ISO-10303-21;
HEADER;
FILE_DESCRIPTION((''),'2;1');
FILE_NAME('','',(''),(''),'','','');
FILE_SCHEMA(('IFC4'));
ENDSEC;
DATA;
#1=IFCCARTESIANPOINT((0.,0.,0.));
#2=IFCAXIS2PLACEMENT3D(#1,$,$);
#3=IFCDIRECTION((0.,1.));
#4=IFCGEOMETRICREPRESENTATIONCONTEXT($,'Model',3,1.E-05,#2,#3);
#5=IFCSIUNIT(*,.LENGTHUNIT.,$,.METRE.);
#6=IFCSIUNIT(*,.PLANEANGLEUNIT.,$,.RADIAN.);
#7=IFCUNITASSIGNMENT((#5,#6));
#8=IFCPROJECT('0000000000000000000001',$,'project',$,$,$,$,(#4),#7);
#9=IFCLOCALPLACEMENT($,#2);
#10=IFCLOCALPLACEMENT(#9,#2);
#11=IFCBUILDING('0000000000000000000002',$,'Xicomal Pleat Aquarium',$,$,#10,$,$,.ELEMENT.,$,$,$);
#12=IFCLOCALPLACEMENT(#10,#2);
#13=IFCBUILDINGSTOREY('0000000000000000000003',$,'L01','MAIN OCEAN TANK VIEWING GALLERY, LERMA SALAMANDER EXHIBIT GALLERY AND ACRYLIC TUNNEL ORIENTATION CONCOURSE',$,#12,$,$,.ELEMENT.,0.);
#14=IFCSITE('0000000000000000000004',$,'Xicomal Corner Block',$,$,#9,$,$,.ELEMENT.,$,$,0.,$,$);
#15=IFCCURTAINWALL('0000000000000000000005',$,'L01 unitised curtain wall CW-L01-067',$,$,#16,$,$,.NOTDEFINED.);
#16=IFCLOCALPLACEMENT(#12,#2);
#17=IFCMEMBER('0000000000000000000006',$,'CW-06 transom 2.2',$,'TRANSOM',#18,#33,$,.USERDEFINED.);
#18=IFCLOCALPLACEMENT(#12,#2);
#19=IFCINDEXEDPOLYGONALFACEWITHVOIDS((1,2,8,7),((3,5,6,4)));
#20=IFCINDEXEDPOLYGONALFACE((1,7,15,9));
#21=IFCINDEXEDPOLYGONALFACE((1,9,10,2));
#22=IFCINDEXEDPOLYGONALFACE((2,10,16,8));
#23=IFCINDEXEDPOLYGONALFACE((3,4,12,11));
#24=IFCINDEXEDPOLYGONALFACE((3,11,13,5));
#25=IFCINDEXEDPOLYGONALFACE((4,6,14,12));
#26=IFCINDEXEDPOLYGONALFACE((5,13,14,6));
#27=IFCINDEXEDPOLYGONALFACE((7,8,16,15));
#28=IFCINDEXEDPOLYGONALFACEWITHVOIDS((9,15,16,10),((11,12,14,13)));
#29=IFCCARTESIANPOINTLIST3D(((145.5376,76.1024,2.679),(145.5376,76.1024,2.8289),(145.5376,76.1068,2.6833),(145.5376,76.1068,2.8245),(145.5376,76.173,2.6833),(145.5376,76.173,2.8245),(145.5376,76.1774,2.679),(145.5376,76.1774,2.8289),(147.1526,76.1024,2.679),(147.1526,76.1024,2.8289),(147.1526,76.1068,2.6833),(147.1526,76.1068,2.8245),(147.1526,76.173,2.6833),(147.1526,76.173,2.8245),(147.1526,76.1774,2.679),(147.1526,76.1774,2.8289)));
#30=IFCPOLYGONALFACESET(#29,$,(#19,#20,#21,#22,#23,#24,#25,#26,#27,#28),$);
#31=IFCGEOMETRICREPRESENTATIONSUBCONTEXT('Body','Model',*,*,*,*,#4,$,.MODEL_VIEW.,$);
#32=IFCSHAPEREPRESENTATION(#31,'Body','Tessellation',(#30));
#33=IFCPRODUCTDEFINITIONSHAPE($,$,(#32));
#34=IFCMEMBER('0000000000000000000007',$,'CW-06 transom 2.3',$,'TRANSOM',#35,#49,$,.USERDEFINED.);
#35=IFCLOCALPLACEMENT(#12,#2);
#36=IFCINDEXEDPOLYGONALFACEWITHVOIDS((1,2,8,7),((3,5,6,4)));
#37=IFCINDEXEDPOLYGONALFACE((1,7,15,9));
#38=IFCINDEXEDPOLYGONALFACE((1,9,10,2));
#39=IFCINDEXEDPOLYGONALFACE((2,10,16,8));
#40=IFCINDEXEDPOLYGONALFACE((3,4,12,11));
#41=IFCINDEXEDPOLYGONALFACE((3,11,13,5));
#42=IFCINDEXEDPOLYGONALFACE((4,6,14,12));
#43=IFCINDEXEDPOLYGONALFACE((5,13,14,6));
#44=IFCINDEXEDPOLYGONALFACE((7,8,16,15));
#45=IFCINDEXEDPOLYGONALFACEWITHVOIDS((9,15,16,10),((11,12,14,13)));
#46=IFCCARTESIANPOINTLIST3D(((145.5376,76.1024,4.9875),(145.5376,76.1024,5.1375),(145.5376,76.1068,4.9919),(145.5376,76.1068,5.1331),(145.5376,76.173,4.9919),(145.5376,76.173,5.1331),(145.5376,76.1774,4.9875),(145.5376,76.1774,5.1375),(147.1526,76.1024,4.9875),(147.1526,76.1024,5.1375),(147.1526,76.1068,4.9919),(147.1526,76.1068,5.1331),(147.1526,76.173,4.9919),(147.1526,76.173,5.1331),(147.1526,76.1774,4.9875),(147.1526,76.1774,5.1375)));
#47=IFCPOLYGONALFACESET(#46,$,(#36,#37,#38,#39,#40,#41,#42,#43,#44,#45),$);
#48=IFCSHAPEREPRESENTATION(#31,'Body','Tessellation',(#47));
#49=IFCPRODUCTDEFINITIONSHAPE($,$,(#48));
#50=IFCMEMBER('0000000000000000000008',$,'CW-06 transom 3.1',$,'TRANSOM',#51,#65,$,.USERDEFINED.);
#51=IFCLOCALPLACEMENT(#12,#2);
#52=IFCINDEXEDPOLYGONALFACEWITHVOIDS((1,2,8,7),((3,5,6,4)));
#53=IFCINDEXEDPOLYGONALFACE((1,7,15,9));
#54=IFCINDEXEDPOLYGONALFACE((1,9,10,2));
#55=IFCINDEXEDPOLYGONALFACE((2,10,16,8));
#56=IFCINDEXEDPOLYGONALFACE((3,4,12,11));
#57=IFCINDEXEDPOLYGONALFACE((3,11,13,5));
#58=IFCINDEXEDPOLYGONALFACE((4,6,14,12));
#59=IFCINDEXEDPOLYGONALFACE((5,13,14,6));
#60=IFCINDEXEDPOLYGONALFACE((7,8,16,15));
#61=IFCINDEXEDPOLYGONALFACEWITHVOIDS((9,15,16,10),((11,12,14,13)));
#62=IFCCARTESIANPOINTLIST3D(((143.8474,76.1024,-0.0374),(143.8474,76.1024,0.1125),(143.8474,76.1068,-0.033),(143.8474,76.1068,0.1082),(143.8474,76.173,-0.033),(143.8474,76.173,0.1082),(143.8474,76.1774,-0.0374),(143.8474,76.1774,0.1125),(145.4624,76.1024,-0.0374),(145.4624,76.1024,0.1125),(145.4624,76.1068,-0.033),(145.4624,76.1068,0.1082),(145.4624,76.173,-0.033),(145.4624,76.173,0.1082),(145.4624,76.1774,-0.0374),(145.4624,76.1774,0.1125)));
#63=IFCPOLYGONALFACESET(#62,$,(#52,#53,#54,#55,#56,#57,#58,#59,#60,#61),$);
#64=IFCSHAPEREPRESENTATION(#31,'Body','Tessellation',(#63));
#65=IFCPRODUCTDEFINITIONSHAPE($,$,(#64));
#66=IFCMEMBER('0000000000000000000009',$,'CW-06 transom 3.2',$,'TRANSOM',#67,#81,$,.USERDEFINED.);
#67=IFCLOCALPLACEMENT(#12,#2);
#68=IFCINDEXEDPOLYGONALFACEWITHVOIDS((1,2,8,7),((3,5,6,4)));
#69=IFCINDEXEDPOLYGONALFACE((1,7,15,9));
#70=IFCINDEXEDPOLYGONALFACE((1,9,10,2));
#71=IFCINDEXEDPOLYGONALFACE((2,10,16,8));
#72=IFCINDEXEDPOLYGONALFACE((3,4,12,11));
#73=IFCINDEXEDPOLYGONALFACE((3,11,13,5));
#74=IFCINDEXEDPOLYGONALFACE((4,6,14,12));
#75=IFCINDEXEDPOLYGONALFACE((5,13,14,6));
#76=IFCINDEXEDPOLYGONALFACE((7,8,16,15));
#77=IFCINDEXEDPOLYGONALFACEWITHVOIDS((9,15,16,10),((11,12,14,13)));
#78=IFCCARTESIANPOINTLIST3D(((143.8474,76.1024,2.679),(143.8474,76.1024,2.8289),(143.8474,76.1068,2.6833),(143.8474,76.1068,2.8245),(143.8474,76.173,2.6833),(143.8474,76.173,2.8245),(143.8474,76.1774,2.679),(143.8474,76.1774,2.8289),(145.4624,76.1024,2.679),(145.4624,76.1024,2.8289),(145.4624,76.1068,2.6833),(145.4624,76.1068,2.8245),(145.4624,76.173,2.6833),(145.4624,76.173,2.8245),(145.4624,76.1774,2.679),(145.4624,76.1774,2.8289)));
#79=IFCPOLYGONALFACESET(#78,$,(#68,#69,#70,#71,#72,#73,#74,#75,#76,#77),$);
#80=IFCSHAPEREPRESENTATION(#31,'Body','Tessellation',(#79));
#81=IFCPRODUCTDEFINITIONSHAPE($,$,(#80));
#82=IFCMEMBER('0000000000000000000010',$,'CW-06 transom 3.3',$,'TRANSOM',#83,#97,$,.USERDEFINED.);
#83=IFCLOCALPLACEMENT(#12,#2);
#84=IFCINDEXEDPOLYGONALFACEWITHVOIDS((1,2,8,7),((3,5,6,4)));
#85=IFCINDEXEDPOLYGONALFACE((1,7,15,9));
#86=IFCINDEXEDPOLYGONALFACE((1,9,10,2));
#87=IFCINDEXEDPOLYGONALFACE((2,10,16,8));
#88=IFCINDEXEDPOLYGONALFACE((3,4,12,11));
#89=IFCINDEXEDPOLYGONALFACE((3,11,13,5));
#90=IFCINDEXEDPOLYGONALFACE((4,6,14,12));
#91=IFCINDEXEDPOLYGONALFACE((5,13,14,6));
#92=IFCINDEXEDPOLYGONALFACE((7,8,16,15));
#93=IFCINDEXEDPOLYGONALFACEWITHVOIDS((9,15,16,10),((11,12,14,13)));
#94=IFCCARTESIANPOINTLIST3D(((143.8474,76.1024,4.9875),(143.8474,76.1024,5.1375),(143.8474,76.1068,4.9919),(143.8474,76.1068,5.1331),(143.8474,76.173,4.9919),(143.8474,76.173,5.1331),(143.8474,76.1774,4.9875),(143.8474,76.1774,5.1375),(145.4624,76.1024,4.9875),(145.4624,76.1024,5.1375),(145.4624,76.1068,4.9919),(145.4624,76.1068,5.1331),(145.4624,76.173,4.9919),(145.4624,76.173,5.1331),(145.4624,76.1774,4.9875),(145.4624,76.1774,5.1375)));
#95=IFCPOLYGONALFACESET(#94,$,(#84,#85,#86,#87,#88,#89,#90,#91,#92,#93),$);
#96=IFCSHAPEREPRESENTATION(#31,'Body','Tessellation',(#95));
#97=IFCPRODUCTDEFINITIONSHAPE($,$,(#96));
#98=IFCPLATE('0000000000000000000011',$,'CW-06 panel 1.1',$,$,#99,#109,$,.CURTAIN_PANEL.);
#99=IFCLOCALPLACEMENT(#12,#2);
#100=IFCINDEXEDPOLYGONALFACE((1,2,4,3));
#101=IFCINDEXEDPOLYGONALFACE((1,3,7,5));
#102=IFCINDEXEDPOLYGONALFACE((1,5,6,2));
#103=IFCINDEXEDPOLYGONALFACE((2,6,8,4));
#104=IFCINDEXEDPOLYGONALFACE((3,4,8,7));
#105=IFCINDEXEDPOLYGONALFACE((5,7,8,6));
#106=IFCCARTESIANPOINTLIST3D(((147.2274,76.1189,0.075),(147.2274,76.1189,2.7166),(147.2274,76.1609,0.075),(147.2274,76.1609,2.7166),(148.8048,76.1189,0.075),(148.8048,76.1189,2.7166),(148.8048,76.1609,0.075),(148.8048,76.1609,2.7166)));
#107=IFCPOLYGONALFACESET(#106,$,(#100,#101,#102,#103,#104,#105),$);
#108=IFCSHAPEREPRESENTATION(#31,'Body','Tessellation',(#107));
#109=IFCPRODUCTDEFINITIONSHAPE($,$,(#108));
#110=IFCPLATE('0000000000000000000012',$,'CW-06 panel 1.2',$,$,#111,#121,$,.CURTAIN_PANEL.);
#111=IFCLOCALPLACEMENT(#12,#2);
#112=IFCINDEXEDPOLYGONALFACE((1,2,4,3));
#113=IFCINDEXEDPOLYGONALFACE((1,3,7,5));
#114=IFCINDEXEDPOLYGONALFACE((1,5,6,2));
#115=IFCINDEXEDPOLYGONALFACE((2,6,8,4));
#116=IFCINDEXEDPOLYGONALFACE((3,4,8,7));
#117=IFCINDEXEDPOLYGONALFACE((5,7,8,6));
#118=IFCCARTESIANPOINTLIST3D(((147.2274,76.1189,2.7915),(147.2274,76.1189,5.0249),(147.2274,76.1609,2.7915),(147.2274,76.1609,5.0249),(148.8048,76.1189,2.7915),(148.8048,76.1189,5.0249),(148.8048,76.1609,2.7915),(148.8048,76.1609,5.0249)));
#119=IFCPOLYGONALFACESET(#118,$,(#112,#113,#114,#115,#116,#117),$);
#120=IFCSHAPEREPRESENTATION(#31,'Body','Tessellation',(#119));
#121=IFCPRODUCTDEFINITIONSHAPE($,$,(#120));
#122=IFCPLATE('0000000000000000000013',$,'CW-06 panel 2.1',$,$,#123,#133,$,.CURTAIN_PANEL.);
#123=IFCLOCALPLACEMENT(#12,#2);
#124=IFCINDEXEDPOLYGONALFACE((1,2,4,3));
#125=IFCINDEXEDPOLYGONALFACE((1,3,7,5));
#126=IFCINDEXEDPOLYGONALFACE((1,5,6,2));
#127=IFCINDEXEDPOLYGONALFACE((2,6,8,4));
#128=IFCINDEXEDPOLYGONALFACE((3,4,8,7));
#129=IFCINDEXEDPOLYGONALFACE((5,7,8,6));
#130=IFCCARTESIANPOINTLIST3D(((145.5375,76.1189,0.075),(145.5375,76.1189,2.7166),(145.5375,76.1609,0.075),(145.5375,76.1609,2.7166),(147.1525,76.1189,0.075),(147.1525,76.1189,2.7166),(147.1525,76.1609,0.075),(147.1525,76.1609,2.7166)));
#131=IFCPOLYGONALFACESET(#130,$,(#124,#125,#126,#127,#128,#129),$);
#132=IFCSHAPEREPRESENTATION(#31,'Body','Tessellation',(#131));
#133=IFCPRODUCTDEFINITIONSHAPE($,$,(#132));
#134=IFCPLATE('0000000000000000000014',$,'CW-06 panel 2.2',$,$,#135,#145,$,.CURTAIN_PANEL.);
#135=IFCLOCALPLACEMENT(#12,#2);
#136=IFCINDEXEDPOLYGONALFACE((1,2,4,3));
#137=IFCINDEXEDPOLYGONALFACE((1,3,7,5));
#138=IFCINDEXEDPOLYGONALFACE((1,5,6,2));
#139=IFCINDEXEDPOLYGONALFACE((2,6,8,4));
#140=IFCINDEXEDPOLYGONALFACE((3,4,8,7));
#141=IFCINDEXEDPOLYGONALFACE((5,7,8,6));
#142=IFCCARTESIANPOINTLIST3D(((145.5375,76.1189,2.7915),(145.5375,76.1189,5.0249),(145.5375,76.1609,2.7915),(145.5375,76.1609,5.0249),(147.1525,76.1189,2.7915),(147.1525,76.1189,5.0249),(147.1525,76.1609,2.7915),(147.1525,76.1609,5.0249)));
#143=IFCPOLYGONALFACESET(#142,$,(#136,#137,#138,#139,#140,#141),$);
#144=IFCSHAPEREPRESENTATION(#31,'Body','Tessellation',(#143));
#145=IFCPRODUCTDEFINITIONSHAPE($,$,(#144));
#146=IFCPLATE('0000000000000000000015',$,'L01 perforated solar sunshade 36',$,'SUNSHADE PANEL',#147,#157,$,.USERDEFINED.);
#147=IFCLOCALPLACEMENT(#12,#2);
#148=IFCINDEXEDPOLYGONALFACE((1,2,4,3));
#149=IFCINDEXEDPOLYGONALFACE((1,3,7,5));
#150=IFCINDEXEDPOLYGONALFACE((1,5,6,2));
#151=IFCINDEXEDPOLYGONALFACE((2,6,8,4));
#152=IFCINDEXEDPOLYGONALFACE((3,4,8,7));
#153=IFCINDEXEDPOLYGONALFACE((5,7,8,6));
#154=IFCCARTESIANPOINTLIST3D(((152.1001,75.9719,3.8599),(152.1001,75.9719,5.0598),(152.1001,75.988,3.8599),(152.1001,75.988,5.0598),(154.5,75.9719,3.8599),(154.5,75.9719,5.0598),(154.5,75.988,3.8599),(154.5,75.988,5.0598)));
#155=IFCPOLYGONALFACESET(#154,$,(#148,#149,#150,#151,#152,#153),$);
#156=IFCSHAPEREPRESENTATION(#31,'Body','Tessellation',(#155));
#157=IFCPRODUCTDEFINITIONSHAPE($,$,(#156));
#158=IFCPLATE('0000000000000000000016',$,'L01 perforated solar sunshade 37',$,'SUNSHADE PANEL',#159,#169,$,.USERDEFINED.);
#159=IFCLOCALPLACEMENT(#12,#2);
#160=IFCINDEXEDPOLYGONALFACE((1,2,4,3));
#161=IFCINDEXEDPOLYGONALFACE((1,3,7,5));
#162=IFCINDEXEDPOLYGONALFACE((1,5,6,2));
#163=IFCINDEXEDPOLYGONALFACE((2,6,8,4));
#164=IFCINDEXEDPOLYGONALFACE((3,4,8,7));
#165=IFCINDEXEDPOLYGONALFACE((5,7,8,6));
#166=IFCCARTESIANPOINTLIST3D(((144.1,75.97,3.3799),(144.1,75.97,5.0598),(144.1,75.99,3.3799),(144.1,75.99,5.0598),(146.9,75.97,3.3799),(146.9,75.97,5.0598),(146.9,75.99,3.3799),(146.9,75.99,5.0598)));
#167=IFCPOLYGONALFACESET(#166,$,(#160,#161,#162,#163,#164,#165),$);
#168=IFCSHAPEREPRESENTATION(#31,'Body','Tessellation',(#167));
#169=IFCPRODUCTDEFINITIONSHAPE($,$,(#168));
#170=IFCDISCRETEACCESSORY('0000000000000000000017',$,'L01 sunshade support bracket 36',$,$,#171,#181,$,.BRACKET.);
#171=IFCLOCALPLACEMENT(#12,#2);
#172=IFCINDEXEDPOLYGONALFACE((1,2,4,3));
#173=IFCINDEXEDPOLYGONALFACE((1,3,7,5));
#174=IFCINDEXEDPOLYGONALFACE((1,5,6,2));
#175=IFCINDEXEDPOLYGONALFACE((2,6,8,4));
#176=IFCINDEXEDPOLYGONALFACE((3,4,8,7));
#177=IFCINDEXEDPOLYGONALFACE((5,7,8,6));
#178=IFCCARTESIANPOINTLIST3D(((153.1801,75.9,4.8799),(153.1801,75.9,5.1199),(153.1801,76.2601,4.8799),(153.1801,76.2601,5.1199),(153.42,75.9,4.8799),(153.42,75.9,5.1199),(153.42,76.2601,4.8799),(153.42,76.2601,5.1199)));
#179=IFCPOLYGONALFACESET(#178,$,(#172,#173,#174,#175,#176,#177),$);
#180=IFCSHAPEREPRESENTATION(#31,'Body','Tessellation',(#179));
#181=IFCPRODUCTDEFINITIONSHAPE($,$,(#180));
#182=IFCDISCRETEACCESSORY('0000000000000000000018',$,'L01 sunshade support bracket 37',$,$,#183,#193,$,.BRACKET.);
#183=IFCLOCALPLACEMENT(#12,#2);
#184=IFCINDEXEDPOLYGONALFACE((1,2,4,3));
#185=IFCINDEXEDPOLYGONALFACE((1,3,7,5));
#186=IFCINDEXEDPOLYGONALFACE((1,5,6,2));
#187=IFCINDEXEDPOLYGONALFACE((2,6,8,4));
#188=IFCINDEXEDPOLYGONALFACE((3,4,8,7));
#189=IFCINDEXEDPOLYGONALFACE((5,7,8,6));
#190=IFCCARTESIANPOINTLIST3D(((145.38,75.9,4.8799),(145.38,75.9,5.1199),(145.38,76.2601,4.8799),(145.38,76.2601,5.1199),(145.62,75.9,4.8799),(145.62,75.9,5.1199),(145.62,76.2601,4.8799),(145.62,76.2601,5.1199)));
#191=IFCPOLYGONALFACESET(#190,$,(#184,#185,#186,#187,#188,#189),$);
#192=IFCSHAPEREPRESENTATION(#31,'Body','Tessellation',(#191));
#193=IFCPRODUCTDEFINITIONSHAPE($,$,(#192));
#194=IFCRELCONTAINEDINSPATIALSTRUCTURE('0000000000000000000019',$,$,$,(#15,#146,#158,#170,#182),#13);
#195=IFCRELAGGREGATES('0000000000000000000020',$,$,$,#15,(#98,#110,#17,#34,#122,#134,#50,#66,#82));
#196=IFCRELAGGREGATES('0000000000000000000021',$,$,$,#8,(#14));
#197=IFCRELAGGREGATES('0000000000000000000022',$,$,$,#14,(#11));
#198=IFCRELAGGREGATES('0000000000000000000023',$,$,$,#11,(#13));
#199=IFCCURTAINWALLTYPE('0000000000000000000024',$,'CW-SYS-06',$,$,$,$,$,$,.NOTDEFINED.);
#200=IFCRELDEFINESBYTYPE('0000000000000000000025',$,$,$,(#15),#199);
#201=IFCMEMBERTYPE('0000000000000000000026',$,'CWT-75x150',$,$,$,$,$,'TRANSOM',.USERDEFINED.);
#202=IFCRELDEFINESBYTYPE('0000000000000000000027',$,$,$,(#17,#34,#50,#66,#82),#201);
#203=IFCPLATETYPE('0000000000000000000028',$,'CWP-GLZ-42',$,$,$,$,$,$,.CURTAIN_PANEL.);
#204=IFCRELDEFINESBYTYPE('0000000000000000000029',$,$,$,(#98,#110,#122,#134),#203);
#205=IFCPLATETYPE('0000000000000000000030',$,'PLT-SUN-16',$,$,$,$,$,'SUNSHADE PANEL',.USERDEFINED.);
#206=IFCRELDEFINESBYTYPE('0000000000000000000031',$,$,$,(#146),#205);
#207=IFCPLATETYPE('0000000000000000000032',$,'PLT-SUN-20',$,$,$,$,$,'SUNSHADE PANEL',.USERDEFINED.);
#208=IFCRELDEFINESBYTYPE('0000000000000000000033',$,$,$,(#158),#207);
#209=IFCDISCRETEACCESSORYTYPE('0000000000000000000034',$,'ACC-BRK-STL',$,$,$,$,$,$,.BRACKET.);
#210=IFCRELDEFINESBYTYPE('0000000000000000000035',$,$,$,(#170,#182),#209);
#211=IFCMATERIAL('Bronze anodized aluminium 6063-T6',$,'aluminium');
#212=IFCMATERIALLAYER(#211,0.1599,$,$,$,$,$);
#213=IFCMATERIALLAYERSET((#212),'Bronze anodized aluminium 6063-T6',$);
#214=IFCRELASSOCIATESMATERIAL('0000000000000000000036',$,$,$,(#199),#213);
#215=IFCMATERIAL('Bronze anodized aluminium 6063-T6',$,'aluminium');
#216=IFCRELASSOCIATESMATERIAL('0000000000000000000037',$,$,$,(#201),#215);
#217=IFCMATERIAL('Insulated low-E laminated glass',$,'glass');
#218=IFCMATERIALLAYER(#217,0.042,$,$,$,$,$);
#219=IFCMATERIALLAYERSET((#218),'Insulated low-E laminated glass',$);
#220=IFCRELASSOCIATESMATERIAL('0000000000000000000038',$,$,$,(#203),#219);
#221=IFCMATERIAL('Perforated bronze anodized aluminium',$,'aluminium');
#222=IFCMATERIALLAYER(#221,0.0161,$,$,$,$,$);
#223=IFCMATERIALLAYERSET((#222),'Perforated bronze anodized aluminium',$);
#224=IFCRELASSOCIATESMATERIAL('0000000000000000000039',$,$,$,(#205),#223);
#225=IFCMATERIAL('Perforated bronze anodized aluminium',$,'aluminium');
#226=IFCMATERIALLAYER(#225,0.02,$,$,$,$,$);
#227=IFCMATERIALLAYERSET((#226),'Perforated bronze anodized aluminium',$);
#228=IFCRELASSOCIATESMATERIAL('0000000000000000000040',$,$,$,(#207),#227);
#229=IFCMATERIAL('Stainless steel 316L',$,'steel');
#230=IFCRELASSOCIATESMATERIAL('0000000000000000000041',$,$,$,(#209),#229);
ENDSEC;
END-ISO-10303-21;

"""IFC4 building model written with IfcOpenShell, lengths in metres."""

from ifc_helpers import new_model, si_unit, direction, frame, origin, origin_2d, place, context, subcontext, project, spatial, rectangle, hollow_rectangle, extrude, material, layer, layer_set, material_profile, profile_set, type_object, element, aggregate, save


model = new_model("IFC4")

# Units and contexts
model_context = context("Model", 3, precision=1e-05, world=origin(), true_north=direction((0.0, 1.0)))
body_context = subcontext(model_context, "Body", "Model", "MODEL_VIEW")
ifc_project = project(units=[si_unit("LENGTHUNIT", "METRE"), si_unit("PLANEANGLEUNIT", "RADIAN")], contexts=[model_context])

# Site, building, storey
site_placement = place(None, origin())
site = spatial("IfcSite", under=ifc_project, at=site_placement, Name="Xicomal Corner Block", CompositionType="ELEMENT", RefElevation=0.0)
building_placement = place(site_placement, origin())
building = spatial("IfcBuilding", under=site, at=building_placement, Name="Xicomal Pleat Aquarium", CompositionType="ELEMENT")
storey_placement = place(building_placement, origin())
storey = spatial("IfcBuildingStorey", under=building, at=storey_placement, Name="L01", Description="MAIN OCEAN TANK VIEWING GALLERY, LERMA SALAMANDER EXHIBIT GALLERY AND ACRYLIC TUNNEL ORIENTATION CONCOURSE", CompositionType="ELEMENT", Elevation=0.0)

# Curtain wall
ifc_material_1 = material(Name="Bronze anodized aluminium 6063-T6", Category="aluminium")
ifc_layer_1 = layer(ifc_material_1, 0.1599)
ifc_layer_set_1 = layer_set([ifc_layer_1], Name="Bronze anodized aluminium 6063-T6")
curtain_wall_type_1 = type_object("IfcCurtainWallType", Name="CW-SYS-06", PredefinedType="NOTDEFINED", material=ifc_layer_set_1)
curtain_wall_1_placement = place(storey_placement, origin())
curtain_wall_1 = element("IfcCurtainWall", 1, at=curtain_wall_1_placement, inside=storey, type_object=curtain_wall_type_1, Name="L01 unitised curtain wall CW-L01-067", PredefinedType="NOTDEFINED")

# Members
ifc_material_2 = material(Name="Bronze anodized aluminium 6063-T6", Category="aluminium")
ifc_material_profile_1 = material_profile(ifc_material_2, hollow_rectangle(XDim=0.075, YDim=0.1499, WallThickness=0.0044, at=origin_2d()), Name="ALU TRAN 75x150")
ifc_profile_set_1 = profile_set([ifc_material_profile_1], Name="Bronze anodized aluminium 6063-T6")
member_type_1 = type_object("IfcMemberType", Name="CWT-75x150", ElementType="TRANSOM", PredefinedType="USERDEFINED", material=ifc_profile_set_1)
member_1_placement = place(storey_placement, frame((147.1526, 76.1399, 2.7539), z_axis=(-1.0, 0.0, 0.0), x_axis=(0.0, -1.0, 0.0)))
member_1 = element("IfcMember", 2, at=member_1_placement, type_object=member_type_1, Name="CW-06 transom 2.2", ObjectType="TRANSOM", PredefinedType="USERDEFINED", context=body_context, shape_type="SweptSolid", body=[
    extrude(hollow_rectangle(XDim=0.075, YDim=0.1499, WallThickness=0.0044, at=origin_2d()), origin(), (0.0, 0.0, 1.0), 1.615),
])
member_2_placement = place(storey_placement, frame((147.1526, 76.1399, 5.0625), z_axis=(-1.0, 0.0, 0.0), x_axis=(0.0, -1.0, 0.0)))
member_2 = element("IfcMember", 3, at=member_2_placement, type_object=member_type_1, Name="CW-06 transom 2.3", ObjectType="TRANSOM", PredefinedType="USERDEFINED", context=body_context, shape_type="SweptSolid", body=[
    extrude(hollow_rectangle(XDim=0.075, YDim=0.1499, WallThickness=0.0044, at=origin_2d()), origin(), (0.0, 0.0, 1.0), 1.615),
])
member_3_placement = place(storey_placement, frame((145.4624, 76.1399, 0.0376), z_axis=(-1.0, 0.0, 0.0), x_axis=(0.0, -1.0, 0.0)))
member_3 = element("IfcMember", 4, at=member_3_placement, type_object=member_type_1, Name="CW-06 transom 3.1", ObjectType="TRANSOM", PredefinedType="USERDEFINED", context=body_context, shape_type="SweptSolid", body=[
    extrude(hollow_rectangle(XDim=0.075, YDim=0.1499, WallThickness=0.0044, at=origin_2d()), origin(), (0.0, 0.0, 1.0), 1.615),
])
member_4_placement = place(storey_placement, frame((145.4624, 76.1399, 2.7539), z_axis=(-1.0, 0.0, 0.0), x_axis=(0.0, -1.0, 0.0)))
member_4 = element("IfcMember", 5, at=member_4_placement, type_object=member_type_1, Name="CW-06 transom 3.2", ObjectType="TRANSOM", PredefinedType="USERDEFINED", context=body_context, shape_type="SweptSolid", body=[
    extrude(hollow_rectangle(XDim=0.075, YDim=0.1499, WallThickness=0.0044, at=origin_2d()), origin(), (0.0, 0.0, 1.0), 1.615),
])
member_5_placement = place(storey_placement, frame((145.4624, 76.1399, 5.0625), z_axis=(-1.0, 0.0, 0.0), x_axis=(0.0, -1.0, 0.0)))
member_5 = element("IfcMember", 6, at=member_5_placement, type_object=member_type_1, Name="CW-06 transom 3.3", ObjectType="TRANSOM", PredefinedType="USERDEFINED", context=body_context, shape_type="SweptSolid", body=[
    extrude(hollow_rectangle(XDim=0.075, YDim=0.1499, WallThickness=0.0044, at=origin_2d()), origin(), (0.0, 0.0, 1.0), 1.615),
])

# Plates
ifc_material_3 = material(Name="Insulated low-E laminated glass", Category="glass")
ifc_layer_2 = layer(ifc_material_3, 0.042)
ifc_layer_set_2 = layer_set([ifc_layer_2], Name="Insulated low-E laminated glass")
plate_type_1 = type_object("IfcPlateType", Name="CWP-GLZ-42", PredefinedType="CURTAIN_PANEL", material=ifc_layer_set_2)
plate_1_placement = place(storey_placement, frame((148.0161, 76.1399, 0.075), z_axis=(0.0, 0.0, 1.0), x_axis=(-1.0, 0.0, 0.0)))
plate_1 = element("IfcPlate", 7, at=plate_1_placement, type_object=plate_type_1, Name="CW-06 panel 1.1", PredefinedType="CURTAIN_PANEL", context=body_context, shape_type="SweptSolid", body=[
    extrude(rectangle(XDim=1.5774, YDim=0.042, at=origin_2d()), origin(), (0.0, 0.0, 1.0), 2.6416),
])
plate_2_placement = place(storey_placement, frame((148.0161, 76.1399, 2.7915), z_axis=(0.0, 0.0, 1.0), x_axis=(-1.0, 0.0, 0.0)))
plate_2 = element("IfcPlate", 8, at=plate_2_placement, type_object=plate_type_1, Name="CW-06 panel 1.2", PredefinedType="CURTAIN_PANEL", context=body_context, shape_type="SweptSolid", body=[
    extrude(rectangle(XDim=1.5774, YDim=0.042, at=origin_2d()), origin(), (0.0, 0.0, 1.0), 2.2334),
])
plate_3_placement = place(storey_placement, frame((146.345, 76.1399, 0.075), z_axis=(0.0, 0.0, 1.0), x_axis=(-1.0, 0.0, 0.0)))
plate_3 = element("IfcPlate", 9, at=plate_3_placement, type_object=plate_type_1, Name="CW-06 panel 2.1", PredefinedType="CURTAIN_PANEL", context=body_context, shape_type="SweptSolid", body=[
    extrude(rectangle(XDim=1.615, YDim=0.042, at=origin_2d()), origin(), (0.0, 0.0, 1.0), 2.6416),
])
plate_4_placement = place(storey_placement, frame((146.345, 76.1399, 2.7915), z_axis=(0.0, 0.0, 1.0), x_axis=(-1.0, 0.0, 0.0)))
plate_4 = element("IfcPlate", 10, at=plate_4_placement, type_object=plate_type_1, Name="CW-06 panel 2.2", PredefinedType="CURTAIN_PANEL", context=body_context, shape_type="SweptSolid", body=[
    extrude(rectangle(XDim=1.615, YDim=0.042, at=origin_2d()), origin(), (0.0, 0.0, 1.0), 2.2334),
])
aggregate(curtain_wall_1, [plate_1, plate_2, member_1, member_2, plate_3, plate_4, member_3, member_4, member_5])

# Plates
ifc_material_4 = material(Name="Perforated bronze anodized aluminium", Category="aluminium")
ifc_layer_3 = layer(ifc_material_4, 0.0161)
ifc_layer_set_3 = layer_set([ifc_layer_3], Name="Perforated bronze anodized aluminium")
plate_type_2 = type_object("IfcPlateType", Name="PLT-SUN-16", ElementType="SUNSHADE PANEL", PredefinedType="USERDEFINED", material=ifc_layer_set_3)
plate_5_placement = place(storey_placement, frame((153.3, 75.98, 3.8599), z_axis=(0.0, 0.0, 1.0), x_axis=(-1.0, 0.0, 0.0)))
element("IfcPlate", 11, at=plate_5_placement, inside=storey, type_object=plate_type_2, Name="L01 perforated solar sunshade 36", ObjectType="SUNSHADE PANEL", PredefinedType="USERDEFINED", context=body_context, shape_type="SweptSolid", body=[
    extrude(rectangle(XDim=2.3999, YDim=0.0161, at=origin_2d()), origin(), (0.0, 0.0, 1.0), 1.2),
])
ifc_material_5 = material(Name="Perforated bronze anodized aluminium", Category="aluminium")
ifc_layer_4 = layer(ifc_material_5, 0.02)
ifc_layer_set_4 = layer_set([ifc_layer_4], Name="Perforated bronze anodized aluminium")
plate_type_3 = type_object("IfcPlateType", Name="PLT-SUN-20", ElementType="SUNSHADE PANEL", PredefinedType="USERDEFINED", material=ifc_layer_set_4)
plate_6_placement = place(storey_placement, frame((145.5, 75.98, 3.3799), z_axis=(0.0, 0.0, 1.0), x_axis=(-1.0, 0.0, 0.0)))
element("IfcPlate", 12, at=plate_6_placement, inside=storey, type_object=plate_type_3, Name="L01 perforated solar sunshade 37", ObjectType="SUNSHADE PANEL", PredefinedType="USERDEFINED", context=body_context, shape_type="SweptSolid", body=[
    extrude(rectangle(XDim=2.8, YDim=0.02, at=origin_2d()), origin(), (0.0, 0.0, 1.0), 1.6799),
])

# Discrete accessories
ifc_material_6 = material(Name="Stainless steel 316L", Category="steel")
discrete_accessory_type = type_object("IfcDiscreteAccessoryType", Name="ACC-BRK-STL", PredefinedType="BRACKET", material=ifc_material_6)
for number, where, z_axis, x_axis, name in (
    (13, (153.3, 76.0801, 4.8799), (0.0, 0.0, 1.0), (-1.0, 0.0, 0.0), "L01 sunshade support bracket 36"),
    (14, (145.5, 76.0801, 4.8799), (0.0, 0.0, 1.0), (-1.0, 0.0, 0.0), "L01 sunshade support bracket 37"),
):
    element("IfcDiscreteAccessory", number, at=place(storey_placement, frame(where, z_axis=z_axis, x_axis=x_axis)), inside=storey, type_object=discrete_accessory_type, Name=name, PredefinedType="BRACKET", context=body_context, shape_type="SweptSolid", body=[
        extrude(rectangle(XDim=0.24, YDim=0.3601, at=origin_2d()), origin(), (0.0, 0.0, 1.0), 0.24),
    ])

save(model, "model.ifc")
